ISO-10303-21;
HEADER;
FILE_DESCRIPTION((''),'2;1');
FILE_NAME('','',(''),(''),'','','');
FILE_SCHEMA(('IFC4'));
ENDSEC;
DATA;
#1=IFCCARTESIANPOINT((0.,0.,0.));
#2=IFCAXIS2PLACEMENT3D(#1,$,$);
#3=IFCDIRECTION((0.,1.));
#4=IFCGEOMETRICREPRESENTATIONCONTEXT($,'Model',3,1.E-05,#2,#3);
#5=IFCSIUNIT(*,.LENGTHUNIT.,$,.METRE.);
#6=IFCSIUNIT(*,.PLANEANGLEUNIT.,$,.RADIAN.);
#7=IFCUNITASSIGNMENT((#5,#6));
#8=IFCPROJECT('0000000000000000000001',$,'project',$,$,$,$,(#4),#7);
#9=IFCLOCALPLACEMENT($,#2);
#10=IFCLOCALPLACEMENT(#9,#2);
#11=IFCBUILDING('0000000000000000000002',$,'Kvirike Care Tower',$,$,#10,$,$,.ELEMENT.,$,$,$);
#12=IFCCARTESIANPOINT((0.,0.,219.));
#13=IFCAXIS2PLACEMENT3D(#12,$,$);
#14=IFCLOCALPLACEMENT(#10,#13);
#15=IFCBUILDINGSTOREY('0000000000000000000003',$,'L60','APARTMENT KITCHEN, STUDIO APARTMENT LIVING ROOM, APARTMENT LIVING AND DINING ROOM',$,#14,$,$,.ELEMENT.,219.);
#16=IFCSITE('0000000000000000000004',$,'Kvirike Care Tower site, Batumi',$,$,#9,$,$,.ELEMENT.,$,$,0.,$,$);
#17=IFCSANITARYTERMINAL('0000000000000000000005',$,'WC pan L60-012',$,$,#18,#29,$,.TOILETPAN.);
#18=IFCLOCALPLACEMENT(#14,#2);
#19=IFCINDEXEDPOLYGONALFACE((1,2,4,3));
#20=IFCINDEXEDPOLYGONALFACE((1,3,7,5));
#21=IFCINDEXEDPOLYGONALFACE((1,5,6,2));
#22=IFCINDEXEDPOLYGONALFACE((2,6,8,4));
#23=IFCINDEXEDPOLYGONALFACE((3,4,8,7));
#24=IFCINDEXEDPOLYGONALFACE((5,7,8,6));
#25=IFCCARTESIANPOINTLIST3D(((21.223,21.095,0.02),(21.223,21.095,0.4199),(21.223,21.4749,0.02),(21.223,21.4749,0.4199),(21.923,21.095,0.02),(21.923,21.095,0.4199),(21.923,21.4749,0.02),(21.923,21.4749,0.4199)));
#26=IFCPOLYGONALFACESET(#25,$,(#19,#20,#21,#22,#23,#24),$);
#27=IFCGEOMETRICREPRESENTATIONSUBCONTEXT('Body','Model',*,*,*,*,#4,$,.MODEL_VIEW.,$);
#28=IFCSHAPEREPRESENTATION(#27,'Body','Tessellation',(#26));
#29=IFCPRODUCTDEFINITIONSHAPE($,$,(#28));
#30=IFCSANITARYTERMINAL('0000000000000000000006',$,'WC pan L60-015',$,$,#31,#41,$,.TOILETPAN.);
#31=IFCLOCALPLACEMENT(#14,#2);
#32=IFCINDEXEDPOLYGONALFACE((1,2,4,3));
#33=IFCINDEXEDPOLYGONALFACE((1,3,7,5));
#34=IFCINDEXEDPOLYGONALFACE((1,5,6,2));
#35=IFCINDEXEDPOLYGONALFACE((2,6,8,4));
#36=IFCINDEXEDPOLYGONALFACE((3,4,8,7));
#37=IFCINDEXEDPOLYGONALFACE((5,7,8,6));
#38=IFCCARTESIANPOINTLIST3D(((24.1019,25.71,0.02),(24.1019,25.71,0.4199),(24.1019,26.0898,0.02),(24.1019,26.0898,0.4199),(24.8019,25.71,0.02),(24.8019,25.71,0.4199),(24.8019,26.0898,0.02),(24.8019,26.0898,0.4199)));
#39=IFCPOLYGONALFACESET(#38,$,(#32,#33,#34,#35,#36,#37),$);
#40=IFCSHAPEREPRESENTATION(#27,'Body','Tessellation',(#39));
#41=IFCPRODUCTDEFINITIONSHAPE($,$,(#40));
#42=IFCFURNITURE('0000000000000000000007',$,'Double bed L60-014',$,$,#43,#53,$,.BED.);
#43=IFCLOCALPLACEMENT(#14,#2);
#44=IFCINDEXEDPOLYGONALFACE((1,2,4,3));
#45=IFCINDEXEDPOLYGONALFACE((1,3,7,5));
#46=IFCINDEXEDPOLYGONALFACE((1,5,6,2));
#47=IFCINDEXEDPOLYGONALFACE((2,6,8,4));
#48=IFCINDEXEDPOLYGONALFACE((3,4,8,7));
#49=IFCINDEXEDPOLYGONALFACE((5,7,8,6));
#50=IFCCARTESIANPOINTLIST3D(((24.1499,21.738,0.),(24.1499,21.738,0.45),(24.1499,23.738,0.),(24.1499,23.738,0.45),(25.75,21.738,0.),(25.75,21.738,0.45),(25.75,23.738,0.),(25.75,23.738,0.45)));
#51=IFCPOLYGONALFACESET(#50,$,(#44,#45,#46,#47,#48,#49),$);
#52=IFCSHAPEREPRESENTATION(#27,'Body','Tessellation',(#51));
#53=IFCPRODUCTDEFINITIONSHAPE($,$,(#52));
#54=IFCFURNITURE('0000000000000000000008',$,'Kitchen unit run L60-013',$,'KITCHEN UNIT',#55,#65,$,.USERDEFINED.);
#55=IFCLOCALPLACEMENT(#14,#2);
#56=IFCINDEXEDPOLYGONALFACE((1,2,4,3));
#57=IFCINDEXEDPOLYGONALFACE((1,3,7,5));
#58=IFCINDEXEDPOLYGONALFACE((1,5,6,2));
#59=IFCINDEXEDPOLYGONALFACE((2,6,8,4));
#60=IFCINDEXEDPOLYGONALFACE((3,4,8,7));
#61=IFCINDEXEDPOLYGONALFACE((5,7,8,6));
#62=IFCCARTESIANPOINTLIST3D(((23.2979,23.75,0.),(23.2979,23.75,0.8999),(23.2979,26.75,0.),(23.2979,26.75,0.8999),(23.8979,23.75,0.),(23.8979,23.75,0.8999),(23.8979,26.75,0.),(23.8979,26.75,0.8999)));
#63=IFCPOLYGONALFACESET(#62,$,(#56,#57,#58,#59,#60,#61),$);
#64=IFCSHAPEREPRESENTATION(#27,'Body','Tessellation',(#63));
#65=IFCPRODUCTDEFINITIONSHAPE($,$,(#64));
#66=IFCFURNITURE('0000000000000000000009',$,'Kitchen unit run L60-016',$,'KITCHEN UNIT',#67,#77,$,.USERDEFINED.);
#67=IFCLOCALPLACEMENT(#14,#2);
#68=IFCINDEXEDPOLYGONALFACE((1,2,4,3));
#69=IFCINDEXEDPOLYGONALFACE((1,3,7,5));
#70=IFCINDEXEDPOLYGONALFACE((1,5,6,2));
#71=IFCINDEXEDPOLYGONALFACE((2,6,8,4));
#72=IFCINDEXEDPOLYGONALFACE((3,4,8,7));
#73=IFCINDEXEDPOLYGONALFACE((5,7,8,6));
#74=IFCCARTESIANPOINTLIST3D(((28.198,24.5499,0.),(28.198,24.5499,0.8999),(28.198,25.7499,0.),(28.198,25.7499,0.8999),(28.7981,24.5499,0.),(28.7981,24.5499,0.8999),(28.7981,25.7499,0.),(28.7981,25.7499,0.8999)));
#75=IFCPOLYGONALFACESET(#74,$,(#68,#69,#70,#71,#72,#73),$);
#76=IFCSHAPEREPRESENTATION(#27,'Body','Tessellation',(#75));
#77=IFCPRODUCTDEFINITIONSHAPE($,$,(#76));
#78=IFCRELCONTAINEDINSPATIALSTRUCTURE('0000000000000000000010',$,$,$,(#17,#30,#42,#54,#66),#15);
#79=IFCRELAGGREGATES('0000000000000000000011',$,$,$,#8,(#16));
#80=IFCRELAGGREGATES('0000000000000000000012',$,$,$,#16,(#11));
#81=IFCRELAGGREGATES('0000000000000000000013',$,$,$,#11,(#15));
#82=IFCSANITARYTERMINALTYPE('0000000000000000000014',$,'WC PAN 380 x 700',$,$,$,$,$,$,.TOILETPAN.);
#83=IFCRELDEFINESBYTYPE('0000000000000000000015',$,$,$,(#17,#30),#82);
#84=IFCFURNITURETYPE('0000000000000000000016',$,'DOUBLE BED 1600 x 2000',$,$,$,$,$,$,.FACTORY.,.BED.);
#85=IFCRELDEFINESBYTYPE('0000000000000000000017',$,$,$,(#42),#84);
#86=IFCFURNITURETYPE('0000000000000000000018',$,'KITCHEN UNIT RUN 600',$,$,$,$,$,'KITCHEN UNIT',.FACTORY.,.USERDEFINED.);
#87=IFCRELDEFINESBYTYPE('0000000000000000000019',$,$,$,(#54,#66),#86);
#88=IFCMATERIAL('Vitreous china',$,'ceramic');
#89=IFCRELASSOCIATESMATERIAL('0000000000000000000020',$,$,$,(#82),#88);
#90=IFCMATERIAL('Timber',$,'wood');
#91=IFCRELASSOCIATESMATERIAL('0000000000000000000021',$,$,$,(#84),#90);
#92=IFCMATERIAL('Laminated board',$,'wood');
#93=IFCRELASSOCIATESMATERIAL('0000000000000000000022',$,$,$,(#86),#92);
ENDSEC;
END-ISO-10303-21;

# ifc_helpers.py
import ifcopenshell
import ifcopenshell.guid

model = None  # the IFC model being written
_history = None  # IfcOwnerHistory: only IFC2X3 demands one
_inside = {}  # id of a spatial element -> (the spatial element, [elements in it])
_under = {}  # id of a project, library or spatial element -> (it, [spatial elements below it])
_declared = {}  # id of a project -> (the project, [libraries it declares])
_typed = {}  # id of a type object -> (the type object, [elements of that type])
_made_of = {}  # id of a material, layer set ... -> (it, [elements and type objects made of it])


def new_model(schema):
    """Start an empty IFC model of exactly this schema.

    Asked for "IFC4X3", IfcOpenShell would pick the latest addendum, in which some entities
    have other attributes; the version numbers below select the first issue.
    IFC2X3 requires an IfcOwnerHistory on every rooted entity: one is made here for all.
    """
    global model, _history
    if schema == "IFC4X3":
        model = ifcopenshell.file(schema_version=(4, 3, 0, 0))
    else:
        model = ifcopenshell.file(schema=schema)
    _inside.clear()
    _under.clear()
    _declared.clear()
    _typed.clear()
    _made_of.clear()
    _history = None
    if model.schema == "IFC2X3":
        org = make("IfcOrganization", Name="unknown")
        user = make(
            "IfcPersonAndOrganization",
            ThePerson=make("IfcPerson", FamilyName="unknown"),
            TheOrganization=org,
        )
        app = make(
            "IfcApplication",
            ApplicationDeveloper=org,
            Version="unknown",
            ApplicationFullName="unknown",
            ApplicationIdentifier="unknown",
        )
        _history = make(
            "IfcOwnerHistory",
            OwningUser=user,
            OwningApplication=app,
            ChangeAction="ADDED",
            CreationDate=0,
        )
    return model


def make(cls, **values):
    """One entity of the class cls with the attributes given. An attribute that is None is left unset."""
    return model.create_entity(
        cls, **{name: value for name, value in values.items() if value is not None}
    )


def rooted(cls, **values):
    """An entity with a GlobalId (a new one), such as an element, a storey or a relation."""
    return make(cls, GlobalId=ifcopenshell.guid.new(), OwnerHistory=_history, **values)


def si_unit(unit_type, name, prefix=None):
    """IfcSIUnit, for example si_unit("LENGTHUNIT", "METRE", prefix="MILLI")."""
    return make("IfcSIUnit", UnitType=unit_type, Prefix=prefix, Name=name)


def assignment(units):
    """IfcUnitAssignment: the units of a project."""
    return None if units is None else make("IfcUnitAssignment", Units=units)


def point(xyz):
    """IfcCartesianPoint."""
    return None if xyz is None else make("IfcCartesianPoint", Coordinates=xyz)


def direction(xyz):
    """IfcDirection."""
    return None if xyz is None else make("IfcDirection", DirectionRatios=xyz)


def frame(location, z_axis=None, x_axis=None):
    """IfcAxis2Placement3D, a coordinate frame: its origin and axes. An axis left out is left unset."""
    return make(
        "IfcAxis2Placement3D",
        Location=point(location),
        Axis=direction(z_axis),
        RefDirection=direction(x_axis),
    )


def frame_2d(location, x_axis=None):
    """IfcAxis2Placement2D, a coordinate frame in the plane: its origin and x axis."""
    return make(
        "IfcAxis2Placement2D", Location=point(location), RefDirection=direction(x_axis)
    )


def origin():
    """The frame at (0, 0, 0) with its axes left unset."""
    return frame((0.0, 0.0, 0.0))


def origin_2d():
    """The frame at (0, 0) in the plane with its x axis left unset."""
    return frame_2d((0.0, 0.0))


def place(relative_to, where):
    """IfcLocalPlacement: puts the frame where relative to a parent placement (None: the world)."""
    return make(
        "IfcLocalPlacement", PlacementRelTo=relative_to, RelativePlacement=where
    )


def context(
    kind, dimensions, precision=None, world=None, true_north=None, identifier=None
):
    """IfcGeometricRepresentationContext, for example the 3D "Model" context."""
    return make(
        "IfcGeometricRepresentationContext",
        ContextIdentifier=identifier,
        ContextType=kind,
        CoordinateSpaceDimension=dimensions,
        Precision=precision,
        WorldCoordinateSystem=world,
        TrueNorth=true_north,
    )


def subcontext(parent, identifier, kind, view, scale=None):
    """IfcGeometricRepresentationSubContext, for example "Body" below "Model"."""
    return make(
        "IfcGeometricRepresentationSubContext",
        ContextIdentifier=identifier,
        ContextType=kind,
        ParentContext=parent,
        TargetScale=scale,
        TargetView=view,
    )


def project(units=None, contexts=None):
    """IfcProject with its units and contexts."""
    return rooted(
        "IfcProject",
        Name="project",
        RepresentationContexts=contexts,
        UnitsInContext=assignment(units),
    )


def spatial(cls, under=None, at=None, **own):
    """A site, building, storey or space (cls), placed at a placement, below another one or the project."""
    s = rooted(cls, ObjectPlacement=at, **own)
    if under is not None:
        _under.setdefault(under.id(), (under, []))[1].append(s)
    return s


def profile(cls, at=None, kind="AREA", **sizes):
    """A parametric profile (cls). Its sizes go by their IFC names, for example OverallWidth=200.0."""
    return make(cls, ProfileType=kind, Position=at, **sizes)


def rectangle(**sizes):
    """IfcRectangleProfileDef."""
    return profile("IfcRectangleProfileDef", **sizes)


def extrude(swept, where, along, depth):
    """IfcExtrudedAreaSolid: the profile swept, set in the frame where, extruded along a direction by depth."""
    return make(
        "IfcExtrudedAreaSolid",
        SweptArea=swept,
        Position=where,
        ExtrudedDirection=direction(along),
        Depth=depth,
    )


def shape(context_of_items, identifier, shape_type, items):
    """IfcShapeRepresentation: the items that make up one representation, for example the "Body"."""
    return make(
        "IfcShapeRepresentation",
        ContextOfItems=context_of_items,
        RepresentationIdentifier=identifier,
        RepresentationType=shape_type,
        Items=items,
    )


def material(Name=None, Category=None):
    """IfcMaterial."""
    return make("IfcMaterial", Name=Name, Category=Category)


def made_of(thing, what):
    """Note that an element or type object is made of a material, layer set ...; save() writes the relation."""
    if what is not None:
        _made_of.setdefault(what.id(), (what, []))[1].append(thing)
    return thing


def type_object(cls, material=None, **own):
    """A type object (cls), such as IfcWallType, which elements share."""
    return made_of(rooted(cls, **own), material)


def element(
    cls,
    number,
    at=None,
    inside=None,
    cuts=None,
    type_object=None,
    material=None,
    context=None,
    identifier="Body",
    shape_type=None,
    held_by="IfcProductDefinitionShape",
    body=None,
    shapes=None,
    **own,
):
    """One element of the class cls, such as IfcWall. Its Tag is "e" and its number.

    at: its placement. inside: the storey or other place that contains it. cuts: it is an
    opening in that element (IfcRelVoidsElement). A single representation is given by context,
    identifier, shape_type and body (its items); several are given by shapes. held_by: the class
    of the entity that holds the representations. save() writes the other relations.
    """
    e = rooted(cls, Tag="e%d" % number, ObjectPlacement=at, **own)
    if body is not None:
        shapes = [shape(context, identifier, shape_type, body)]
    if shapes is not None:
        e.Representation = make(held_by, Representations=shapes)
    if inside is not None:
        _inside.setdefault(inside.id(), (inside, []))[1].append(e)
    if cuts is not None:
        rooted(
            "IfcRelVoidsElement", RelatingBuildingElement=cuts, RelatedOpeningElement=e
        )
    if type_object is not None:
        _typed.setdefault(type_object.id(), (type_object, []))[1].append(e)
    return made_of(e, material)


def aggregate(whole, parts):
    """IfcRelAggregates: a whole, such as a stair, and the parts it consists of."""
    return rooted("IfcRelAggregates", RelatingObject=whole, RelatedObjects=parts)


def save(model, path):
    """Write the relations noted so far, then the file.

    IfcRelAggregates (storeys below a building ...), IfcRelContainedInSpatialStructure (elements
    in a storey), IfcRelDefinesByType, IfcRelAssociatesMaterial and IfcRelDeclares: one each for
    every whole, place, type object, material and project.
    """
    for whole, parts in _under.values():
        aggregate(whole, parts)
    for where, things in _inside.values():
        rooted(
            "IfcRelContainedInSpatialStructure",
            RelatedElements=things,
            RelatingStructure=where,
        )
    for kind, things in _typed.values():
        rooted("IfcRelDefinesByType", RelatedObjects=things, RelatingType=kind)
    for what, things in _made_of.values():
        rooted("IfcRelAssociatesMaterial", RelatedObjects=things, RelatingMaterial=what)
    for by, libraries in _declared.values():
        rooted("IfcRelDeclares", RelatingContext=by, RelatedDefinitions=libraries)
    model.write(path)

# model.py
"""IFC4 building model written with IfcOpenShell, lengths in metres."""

from ifc_helpers import new_model, si_unit, direction, frame, origin, origin_2d, place, context, subcontext, project, spatial, rectangle, extrude, material, type_object, element, save


model = new_model("IFC4")

# Units and contexts
model_context = context("Model", 3, precision=1e-05, world=origin(), true_north=direction((0.0, 1.0)))
body_context = subcontext(model_context, "Body", "Model", "MODEL_VIEW")
ifc_project = project(units=[si_unit("LENGTHUNIT", "METRE"), si_unit("PLANEANGLEUNIT", "RADIAN")], contexts=[model_context])

# Site, building, storey
site_placement = place(None, origin())
site = spatial("IfcSite", under=ifc_project, at=site_placement, Name="Kvirike Care Tower site, Batumi", CompositionType="ELEMENT", RefElevation=0.0)
building_placement = place(site_placement, origin())
building = spatial("IfcBuilding", under=site, at=building_placement, Name="Kvirike Care Tower", CompositionType="ELEMENT")
storey_placement = place(building_placement, frame((0.0, 0.0, 219.0)))
storey = spatial("IfcBuildingStorey", under=building, at=storey_placement, Name="L60", Description="APARTMENT KITCHEN, STUDIO APARTMENT LIVING ROOM, APARTMENT LIVING AND DINING ROOM", CompositionType="ELEMENT", Elevation=219.0)

# Sanitary terminals
ifc_material_1 = material(Name="Vitreous china", Category="ceramic")
sanitary_terminal_type_1 = type_object("IfcSanitaryTerminalType", Name="WC PAN 380 x 700", PredefinedType="TOILETPAN", material=ifc_material_1)
for number, where, z_axis, x_axis, name in (
    (1, (21.573, 21.2849, 0.02), (0.0, 0.0, 1.0), (0.0, -1.0, 0.0), "WC pan L60-012"),
    (2, (24.4519, 25.8999, 0.02), (0.0, 0.0, 1.0), (0.0, 1.0, 0.0), "WC pan L60-015"),
):
    element("IfcSanitaryTerminal", number, at=place(storey_placement, frame(where, z_axis=z_axis, x_axis=x_axis)), inside=storey, type_object=sanitary_terminal_type_1, Name=name, PredefinedType="TOILETPAN", context=body_context, shape_type="SweptSolid", body=[
        extrude(rectangle(XDim=0.3799, YDim=0.7, at=origin_2d()), origin(), (0.0, 0.0, 1.0), 0.3999),
    ])

# Furniture
ifc_material_2 = material(Name="Timber", Category="wood")
furniture_type_1 = type_object("IfcFurnitureType", Name="DOUBLE BED 1600 x 2000", AssemblyPlace="FACTORY", PredefinedType="BED", material=ifc_material_2)
furniture_1_placement = place(storey_placement, frame((24.95, 22.738, 0.0), z_axis=(0.0, 0.0, 1.0), x_axis=(1.0, 0.0, 0.0)))
element("IfcFurniture", 3, at=furniture_1_placement, inside=storey, type_object=furniture_type_1, Name="Double bed L60-014", PredefinedType="BED", context=body_context, shape_type="SweptSolid", body=[
    extrude(rectangle(XDim=1.6001, YDim=2.0, at=origin_2d()), origin(), (0.0, 0.0, 1.0), 0.45),
])
ifc_material_3 = material(Name="Laminated board", Category="wood")
furniture_type_2 = type_object("IfcFurnitureType", Name="KITCHEN UNIT RUN 600", ElementType="KITCHEN UNIT", AssemblyPlace="FACTORY", PredefinedType="USERDEFINED", material=ifc_material_3)
furniture_2_placement = place(storey_placement, frame((23.5979, 25.25, 0.0), z_axis=(0.0, 0.0, 1.0), x_axis=(0.0, -1.0, 0.0)))
element("IfcFurniture", 4, at=furniture_2_placement, inside=storey, type_object=furniture_type_2, Name="Kitchen unit run L60-013", ObjectType="KITCHEN UNIT", PredefinedType="USERDEFINED", context=body_context, shape_type="SweptSolid", body=[
    extrude(rectangle(XDim=3.0, YDim=0.6001, at=origin_2d()), origin(), (0.0, 0.0, 1.0), 0.8999),
])
furniture_3_placement = place(storey_placement, frame((28.498, 25.1499, 0.0), z_axis=(0.0, 0.0, 1.0), x_axis=(0.0, -1.0, 0.0)))
element("IfcFurniture", 5, at=furniture_3_placement, inside=storey, type_object=furniture_type_2, Name="Kitchen unit run L60-016", ObjectType="KITCHEN UNIT", PredefinedType="USERDEFINED", context=body_context, shape_type="SweptSolid", body=[
    extrude(rectangle(XDim=1.2, YDim=0.6001, at=origin_2d()), origin(), (0.0, 0.0, 1.0), 0.8999),
])

save(model, "model.ifc")
